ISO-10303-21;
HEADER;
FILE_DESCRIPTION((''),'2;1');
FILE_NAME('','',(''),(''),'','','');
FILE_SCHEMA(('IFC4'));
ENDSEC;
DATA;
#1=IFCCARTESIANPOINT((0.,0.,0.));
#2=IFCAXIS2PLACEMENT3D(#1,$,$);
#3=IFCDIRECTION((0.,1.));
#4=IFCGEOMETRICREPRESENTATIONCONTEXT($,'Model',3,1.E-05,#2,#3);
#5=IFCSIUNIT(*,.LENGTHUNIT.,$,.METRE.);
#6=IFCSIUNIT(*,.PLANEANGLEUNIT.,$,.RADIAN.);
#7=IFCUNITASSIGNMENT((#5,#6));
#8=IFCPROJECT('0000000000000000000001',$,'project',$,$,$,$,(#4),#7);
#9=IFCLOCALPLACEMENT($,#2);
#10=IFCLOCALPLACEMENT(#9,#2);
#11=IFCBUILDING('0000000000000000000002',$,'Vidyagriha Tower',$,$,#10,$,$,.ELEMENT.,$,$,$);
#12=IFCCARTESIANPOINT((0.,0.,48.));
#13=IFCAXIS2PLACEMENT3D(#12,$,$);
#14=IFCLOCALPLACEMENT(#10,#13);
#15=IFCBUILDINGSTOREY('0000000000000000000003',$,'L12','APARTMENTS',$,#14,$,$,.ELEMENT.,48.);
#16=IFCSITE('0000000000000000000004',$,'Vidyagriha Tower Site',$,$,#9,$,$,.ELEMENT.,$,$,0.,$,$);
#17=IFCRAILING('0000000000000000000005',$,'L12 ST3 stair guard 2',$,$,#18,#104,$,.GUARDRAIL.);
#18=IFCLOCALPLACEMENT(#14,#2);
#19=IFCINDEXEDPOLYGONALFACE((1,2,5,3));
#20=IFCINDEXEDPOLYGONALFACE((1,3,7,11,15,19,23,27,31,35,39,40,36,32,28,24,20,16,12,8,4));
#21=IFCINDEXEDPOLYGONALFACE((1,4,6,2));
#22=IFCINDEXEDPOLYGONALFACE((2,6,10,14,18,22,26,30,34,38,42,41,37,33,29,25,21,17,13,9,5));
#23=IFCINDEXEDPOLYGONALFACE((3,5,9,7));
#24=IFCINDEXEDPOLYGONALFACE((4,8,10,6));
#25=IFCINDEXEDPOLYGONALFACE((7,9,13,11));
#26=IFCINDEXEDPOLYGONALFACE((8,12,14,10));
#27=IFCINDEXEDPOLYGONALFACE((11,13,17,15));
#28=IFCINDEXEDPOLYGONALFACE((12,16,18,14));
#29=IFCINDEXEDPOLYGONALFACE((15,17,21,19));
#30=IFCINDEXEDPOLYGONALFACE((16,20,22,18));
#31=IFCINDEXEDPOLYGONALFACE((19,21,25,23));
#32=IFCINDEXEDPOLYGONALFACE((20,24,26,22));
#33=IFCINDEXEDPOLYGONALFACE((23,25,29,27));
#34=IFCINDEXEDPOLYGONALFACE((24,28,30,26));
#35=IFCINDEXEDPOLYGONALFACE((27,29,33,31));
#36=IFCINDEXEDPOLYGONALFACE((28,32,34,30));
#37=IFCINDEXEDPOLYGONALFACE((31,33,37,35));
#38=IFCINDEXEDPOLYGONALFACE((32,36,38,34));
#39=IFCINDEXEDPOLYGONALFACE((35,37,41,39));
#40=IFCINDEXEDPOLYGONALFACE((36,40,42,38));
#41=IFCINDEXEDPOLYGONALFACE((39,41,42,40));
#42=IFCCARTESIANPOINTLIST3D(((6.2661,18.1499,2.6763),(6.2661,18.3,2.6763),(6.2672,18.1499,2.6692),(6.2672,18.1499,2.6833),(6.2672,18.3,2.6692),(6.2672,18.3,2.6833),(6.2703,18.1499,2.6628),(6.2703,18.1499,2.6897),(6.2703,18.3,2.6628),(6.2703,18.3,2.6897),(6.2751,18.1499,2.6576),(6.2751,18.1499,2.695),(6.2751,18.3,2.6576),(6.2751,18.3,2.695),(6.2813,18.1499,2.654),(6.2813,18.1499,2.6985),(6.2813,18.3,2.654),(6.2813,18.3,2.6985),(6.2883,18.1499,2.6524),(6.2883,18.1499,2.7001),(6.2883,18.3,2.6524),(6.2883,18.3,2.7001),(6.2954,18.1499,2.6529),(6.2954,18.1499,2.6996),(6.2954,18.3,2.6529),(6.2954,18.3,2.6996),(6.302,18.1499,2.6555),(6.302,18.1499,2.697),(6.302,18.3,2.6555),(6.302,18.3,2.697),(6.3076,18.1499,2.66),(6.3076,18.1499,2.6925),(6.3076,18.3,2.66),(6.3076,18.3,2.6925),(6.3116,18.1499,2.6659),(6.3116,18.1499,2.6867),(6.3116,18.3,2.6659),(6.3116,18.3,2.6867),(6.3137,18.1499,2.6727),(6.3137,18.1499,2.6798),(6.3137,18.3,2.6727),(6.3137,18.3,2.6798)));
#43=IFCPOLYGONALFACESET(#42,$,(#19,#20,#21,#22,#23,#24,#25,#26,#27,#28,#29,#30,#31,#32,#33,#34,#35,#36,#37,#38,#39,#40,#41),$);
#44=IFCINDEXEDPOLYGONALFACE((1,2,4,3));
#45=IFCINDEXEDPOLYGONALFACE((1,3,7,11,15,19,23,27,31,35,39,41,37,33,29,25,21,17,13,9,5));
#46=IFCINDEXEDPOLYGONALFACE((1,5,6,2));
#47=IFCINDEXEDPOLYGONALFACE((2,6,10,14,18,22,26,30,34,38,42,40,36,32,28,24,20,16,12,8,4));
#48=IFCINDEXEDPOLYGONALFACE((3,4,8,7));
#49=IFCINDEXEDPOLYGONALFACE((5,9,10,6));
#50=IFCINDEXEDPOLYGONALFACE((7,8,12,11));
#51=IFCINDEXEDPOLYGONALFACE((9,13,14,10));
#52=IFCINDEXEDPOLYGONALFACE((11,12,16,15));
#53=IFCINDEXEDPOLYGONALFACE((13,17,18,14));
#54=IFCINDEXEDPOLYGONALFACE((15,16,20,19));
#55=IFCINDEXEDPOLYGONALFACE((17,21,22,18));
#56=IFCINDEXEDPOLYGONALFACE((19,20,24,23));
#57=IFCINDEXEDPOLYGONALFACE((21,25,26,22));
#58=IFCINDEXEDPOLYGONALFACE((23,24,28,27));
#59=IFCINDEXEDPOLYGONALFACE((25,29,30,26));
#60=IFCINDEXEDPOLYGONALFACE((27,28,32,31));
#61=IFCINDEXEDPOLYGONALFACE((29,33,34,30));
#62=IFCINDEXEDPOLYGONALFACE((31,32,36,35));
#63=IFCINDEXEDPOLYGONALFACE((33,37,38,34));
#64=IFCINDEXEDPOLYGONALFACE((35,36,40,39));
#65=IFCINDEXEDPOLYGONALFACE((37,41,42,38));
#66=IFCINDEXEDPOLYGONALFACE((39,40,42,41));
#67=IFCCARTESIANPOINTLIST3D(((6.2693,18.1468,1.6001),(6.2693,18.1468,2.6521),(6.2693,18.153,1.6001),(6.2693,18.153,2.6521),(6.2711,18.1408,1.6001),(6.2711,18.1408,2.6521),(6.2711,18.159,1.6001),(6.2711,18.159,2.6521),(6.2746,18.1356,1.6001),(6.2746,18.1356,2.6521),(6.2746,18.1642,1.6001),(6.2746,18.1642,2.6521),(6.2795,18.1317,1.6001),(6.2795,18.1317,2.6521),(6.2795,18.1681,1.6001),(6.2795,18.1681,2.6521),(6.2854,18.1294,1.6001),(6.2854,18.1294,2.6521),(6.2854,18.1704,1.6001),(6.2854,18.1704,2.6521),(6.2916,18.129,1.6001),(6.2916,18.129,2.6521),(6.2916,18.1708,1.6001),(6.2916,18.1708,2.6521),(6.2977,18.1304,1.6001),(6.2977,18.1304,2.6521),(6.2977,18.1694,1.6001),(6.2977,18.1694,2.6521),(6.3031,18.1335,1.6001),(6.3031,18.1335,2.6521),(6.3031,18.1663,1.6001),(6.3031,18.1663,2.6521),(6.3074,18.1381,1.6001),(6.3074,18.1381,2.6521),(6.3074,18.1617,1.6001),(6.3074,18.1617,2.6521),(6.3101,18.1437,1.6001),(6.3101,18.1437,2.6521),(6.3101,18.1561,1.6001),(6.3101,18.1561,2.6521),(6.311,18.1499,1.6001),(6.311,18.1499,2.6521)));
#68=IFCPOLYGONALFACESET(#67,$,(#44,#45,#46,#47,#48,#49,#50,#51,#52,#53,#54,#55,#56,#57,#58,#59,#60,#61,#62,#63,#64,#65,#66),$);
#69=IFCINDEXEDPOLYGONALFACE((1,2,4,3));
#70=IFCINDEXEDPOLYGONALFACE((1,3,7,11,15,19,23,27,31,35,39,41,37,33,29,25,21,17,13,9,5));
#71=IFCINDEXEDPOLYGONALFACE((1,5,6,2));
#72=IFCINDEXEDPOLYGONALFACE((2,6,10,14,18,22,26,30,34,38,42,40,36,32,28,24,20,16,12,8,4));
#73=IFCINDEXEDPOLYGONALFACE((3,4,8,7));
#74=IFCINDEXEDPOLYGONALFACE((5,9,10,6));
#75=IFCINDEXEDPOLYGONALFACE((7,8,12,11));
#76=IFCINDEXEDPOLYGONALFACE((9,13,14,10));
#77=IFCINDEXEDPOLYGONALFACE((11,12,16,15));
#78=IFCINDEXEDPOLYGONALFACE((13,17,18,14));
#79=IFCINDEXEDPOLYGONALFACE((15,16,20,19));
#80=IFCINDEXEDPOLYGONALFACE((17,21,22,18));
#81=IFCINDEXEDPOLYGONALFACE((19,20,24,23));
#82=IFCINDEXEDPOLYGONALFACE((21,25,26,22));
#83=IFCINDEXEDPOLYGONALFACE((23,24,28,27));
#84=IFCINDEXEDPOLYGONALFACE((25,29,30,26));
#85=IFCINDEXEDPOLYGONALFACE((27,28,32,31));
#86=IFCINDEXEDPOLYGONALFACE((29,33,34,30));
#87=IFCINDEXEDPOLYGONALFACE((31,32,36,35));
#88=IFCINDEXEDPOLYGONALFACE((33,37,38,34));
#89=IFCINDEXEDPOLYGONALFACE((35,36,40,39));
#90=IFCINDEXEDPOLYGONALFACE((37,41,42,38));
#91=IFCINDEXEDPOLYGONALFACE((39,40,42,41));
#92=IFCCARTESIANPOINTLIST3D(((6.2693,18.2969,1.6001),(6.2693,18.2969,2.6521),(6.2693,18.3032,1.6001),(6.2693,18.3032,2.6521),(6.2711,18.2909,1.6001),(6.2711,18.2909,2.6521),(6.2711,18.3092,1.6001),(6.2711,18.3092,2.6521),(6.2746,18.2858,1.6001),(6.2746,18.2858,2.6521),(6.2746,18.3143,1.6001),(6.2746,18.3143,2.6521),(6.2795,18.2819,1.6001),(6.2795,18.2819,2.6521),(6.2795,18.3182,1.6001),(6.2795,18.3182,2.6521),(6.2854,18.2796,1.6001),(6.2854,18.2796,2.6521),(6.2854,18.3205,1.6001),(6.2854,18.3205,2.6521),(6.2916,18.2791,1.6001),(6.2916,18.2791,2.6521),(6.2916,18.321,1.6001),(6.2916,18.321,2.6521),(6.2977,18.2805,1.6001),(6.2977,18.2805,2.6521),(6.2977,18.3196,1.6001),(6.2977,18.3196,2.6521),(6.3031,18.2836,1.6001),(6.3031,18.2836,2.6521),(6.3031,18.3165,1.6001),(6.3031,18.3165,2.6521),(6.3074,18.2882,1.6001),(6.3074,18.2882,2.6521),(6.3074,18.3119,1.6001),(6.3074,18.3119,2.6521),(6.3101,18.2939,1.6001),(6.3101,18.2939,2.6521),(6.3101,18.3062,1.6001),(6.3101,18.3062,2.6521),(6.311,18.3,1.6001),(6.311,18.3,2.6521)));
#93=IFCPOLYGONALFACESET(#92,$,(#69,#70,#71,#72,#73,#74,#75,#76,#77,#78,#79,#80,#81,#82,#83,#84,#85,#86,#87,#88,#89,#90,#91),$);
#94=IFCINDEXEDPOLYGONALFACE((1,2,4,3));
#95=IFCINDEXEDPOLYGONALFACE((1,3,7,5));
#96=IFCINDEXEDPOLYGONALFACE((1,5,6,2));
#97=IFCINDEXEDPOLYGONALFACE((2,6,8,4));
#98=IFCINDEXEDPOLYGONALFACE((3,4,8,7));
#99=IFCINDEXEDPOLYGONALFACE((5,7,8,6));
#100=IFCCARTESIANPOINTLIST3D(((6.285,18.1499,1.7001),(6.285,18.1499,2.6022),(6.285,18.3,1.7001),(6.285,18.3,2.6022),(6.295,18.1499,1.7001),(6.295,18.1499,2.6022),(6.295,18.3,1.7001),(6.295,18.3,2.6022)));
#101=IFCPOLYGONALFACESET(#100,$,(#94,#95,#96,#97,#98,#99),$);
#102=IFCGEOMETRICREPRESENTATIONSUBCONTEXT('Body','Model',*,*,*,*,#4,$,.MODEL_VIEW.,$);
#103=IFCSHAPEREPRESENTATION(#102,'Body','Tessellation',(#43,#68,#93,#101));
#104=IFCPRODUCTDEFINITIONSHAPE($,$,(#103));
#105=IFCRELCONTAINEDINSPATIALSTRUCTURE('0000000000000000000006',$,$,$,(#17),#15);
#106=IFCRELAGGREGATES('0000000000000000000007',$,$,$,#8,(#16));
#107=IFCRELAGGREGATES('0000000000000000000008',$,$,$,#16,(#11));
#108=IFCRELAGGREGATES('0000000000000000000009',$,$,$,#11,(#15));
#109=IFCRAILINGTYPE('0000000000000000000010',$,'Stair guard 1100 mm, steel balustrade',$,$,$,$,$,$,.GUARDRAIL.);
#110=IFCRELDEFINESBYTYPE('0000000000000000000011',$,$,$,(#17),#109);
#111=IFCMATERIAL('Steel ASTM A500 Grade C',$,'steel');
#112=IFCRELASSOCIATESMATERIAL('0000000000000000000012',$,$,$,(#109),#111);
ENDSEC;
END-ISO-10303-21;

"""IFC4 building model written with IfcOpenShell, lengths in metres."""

from ifc_helpers import new_model, si_unit, direction, frame, origin, origin_2d, place, context, subcontext, project, spatial, rectangle, circle, extrude, material, type_object, element, save


model = new_model("IFC4")

# Units and contexts
model_context = context("Model", 3, precision=1e-05, world=origin(), true_north=direction((0.0, 1.0)))
body_context = subcontext(model_context, "Body", "Model", "MODEL_VIEW")
ifc_project = project(units=[si_unit("LENGTHUNIT", "METRE"), si_unit("PLANEANGLEUNIT", "RADIAN")], contexts=[model_context])

# Site, building, storey
site_placement = place(None, origin())
site = spatial("IfcSite", under=ifc_project, at=site_placement, Name="Vidyagriha Tower Site", CompositionType="ELEMENT", RefElevation=0.0)
building_placement = place(site_placement, origin())
building = spatial("IfcBuilding", under=site, at=building_placement, Name="Vidyagriha Tower", CompositionType="ELEMENT")
storey_placement = place(building_placement, frame((0.0, 0.0, 48.0)))
storey = spatial("IfcBuildingStorey", under=building, at=storey_placement, Name="L12", Description="APARTMENTS", CompositionType="ELEMENT", Elevation=48.0)

# Railing
ifc_material_1 = material(Name="Steel ASTM A500 Grade C", Category="steel")
railing_type_1 = type_object("IfcRailingType", Name="Stair guard 1100 mm, steel balustrade", PredefinedType="GUARDRAIL", material=ifc_material_1)
railing_1_placement = place(storey_placement, frame((6.29, 18.1499, 1.6001)))
element("IfcRailing", 1, at=railing_1_placement, inside=storey, type_object=railing_type_1, Name="L12 ST3 stair guard 2", PredefinedType="GUARDRAIL", context=body_context, shape_type="SweptSolid", body=[
    extrude(circle(Radius=0.0239, at=origin_2d()), frame((0.0, 0.0, 1.0762), z_axis=(0.0, 1.0, 0.0), x_axis=(-1.0, 0.0, 0.0)), (0.0, 0.0, 1.0), 0.1501),
    extrude(circle(Radius=0.021, at=origin_2d()), origin(), (0.0, 0.0, 1.0), 1.052),
    extrude(circle(Radius=0.021, at=origin_2d()), frame((0.0, 0.1501, 0.0)), (0.0, 0.0, 1.0), 1.052),
    extrude(rectangle(XDim=0.01, YDim=0.9021, at=origin_2d()), frame((0.0, 0.0, 0.551), z_axis=(0.0, 1.0, 0.0), x_axis=(-1.0, 0.0, 0.0)), (0.0, 0.0, 1.0), 0.1501),
])

save(model, "model.ifc")
